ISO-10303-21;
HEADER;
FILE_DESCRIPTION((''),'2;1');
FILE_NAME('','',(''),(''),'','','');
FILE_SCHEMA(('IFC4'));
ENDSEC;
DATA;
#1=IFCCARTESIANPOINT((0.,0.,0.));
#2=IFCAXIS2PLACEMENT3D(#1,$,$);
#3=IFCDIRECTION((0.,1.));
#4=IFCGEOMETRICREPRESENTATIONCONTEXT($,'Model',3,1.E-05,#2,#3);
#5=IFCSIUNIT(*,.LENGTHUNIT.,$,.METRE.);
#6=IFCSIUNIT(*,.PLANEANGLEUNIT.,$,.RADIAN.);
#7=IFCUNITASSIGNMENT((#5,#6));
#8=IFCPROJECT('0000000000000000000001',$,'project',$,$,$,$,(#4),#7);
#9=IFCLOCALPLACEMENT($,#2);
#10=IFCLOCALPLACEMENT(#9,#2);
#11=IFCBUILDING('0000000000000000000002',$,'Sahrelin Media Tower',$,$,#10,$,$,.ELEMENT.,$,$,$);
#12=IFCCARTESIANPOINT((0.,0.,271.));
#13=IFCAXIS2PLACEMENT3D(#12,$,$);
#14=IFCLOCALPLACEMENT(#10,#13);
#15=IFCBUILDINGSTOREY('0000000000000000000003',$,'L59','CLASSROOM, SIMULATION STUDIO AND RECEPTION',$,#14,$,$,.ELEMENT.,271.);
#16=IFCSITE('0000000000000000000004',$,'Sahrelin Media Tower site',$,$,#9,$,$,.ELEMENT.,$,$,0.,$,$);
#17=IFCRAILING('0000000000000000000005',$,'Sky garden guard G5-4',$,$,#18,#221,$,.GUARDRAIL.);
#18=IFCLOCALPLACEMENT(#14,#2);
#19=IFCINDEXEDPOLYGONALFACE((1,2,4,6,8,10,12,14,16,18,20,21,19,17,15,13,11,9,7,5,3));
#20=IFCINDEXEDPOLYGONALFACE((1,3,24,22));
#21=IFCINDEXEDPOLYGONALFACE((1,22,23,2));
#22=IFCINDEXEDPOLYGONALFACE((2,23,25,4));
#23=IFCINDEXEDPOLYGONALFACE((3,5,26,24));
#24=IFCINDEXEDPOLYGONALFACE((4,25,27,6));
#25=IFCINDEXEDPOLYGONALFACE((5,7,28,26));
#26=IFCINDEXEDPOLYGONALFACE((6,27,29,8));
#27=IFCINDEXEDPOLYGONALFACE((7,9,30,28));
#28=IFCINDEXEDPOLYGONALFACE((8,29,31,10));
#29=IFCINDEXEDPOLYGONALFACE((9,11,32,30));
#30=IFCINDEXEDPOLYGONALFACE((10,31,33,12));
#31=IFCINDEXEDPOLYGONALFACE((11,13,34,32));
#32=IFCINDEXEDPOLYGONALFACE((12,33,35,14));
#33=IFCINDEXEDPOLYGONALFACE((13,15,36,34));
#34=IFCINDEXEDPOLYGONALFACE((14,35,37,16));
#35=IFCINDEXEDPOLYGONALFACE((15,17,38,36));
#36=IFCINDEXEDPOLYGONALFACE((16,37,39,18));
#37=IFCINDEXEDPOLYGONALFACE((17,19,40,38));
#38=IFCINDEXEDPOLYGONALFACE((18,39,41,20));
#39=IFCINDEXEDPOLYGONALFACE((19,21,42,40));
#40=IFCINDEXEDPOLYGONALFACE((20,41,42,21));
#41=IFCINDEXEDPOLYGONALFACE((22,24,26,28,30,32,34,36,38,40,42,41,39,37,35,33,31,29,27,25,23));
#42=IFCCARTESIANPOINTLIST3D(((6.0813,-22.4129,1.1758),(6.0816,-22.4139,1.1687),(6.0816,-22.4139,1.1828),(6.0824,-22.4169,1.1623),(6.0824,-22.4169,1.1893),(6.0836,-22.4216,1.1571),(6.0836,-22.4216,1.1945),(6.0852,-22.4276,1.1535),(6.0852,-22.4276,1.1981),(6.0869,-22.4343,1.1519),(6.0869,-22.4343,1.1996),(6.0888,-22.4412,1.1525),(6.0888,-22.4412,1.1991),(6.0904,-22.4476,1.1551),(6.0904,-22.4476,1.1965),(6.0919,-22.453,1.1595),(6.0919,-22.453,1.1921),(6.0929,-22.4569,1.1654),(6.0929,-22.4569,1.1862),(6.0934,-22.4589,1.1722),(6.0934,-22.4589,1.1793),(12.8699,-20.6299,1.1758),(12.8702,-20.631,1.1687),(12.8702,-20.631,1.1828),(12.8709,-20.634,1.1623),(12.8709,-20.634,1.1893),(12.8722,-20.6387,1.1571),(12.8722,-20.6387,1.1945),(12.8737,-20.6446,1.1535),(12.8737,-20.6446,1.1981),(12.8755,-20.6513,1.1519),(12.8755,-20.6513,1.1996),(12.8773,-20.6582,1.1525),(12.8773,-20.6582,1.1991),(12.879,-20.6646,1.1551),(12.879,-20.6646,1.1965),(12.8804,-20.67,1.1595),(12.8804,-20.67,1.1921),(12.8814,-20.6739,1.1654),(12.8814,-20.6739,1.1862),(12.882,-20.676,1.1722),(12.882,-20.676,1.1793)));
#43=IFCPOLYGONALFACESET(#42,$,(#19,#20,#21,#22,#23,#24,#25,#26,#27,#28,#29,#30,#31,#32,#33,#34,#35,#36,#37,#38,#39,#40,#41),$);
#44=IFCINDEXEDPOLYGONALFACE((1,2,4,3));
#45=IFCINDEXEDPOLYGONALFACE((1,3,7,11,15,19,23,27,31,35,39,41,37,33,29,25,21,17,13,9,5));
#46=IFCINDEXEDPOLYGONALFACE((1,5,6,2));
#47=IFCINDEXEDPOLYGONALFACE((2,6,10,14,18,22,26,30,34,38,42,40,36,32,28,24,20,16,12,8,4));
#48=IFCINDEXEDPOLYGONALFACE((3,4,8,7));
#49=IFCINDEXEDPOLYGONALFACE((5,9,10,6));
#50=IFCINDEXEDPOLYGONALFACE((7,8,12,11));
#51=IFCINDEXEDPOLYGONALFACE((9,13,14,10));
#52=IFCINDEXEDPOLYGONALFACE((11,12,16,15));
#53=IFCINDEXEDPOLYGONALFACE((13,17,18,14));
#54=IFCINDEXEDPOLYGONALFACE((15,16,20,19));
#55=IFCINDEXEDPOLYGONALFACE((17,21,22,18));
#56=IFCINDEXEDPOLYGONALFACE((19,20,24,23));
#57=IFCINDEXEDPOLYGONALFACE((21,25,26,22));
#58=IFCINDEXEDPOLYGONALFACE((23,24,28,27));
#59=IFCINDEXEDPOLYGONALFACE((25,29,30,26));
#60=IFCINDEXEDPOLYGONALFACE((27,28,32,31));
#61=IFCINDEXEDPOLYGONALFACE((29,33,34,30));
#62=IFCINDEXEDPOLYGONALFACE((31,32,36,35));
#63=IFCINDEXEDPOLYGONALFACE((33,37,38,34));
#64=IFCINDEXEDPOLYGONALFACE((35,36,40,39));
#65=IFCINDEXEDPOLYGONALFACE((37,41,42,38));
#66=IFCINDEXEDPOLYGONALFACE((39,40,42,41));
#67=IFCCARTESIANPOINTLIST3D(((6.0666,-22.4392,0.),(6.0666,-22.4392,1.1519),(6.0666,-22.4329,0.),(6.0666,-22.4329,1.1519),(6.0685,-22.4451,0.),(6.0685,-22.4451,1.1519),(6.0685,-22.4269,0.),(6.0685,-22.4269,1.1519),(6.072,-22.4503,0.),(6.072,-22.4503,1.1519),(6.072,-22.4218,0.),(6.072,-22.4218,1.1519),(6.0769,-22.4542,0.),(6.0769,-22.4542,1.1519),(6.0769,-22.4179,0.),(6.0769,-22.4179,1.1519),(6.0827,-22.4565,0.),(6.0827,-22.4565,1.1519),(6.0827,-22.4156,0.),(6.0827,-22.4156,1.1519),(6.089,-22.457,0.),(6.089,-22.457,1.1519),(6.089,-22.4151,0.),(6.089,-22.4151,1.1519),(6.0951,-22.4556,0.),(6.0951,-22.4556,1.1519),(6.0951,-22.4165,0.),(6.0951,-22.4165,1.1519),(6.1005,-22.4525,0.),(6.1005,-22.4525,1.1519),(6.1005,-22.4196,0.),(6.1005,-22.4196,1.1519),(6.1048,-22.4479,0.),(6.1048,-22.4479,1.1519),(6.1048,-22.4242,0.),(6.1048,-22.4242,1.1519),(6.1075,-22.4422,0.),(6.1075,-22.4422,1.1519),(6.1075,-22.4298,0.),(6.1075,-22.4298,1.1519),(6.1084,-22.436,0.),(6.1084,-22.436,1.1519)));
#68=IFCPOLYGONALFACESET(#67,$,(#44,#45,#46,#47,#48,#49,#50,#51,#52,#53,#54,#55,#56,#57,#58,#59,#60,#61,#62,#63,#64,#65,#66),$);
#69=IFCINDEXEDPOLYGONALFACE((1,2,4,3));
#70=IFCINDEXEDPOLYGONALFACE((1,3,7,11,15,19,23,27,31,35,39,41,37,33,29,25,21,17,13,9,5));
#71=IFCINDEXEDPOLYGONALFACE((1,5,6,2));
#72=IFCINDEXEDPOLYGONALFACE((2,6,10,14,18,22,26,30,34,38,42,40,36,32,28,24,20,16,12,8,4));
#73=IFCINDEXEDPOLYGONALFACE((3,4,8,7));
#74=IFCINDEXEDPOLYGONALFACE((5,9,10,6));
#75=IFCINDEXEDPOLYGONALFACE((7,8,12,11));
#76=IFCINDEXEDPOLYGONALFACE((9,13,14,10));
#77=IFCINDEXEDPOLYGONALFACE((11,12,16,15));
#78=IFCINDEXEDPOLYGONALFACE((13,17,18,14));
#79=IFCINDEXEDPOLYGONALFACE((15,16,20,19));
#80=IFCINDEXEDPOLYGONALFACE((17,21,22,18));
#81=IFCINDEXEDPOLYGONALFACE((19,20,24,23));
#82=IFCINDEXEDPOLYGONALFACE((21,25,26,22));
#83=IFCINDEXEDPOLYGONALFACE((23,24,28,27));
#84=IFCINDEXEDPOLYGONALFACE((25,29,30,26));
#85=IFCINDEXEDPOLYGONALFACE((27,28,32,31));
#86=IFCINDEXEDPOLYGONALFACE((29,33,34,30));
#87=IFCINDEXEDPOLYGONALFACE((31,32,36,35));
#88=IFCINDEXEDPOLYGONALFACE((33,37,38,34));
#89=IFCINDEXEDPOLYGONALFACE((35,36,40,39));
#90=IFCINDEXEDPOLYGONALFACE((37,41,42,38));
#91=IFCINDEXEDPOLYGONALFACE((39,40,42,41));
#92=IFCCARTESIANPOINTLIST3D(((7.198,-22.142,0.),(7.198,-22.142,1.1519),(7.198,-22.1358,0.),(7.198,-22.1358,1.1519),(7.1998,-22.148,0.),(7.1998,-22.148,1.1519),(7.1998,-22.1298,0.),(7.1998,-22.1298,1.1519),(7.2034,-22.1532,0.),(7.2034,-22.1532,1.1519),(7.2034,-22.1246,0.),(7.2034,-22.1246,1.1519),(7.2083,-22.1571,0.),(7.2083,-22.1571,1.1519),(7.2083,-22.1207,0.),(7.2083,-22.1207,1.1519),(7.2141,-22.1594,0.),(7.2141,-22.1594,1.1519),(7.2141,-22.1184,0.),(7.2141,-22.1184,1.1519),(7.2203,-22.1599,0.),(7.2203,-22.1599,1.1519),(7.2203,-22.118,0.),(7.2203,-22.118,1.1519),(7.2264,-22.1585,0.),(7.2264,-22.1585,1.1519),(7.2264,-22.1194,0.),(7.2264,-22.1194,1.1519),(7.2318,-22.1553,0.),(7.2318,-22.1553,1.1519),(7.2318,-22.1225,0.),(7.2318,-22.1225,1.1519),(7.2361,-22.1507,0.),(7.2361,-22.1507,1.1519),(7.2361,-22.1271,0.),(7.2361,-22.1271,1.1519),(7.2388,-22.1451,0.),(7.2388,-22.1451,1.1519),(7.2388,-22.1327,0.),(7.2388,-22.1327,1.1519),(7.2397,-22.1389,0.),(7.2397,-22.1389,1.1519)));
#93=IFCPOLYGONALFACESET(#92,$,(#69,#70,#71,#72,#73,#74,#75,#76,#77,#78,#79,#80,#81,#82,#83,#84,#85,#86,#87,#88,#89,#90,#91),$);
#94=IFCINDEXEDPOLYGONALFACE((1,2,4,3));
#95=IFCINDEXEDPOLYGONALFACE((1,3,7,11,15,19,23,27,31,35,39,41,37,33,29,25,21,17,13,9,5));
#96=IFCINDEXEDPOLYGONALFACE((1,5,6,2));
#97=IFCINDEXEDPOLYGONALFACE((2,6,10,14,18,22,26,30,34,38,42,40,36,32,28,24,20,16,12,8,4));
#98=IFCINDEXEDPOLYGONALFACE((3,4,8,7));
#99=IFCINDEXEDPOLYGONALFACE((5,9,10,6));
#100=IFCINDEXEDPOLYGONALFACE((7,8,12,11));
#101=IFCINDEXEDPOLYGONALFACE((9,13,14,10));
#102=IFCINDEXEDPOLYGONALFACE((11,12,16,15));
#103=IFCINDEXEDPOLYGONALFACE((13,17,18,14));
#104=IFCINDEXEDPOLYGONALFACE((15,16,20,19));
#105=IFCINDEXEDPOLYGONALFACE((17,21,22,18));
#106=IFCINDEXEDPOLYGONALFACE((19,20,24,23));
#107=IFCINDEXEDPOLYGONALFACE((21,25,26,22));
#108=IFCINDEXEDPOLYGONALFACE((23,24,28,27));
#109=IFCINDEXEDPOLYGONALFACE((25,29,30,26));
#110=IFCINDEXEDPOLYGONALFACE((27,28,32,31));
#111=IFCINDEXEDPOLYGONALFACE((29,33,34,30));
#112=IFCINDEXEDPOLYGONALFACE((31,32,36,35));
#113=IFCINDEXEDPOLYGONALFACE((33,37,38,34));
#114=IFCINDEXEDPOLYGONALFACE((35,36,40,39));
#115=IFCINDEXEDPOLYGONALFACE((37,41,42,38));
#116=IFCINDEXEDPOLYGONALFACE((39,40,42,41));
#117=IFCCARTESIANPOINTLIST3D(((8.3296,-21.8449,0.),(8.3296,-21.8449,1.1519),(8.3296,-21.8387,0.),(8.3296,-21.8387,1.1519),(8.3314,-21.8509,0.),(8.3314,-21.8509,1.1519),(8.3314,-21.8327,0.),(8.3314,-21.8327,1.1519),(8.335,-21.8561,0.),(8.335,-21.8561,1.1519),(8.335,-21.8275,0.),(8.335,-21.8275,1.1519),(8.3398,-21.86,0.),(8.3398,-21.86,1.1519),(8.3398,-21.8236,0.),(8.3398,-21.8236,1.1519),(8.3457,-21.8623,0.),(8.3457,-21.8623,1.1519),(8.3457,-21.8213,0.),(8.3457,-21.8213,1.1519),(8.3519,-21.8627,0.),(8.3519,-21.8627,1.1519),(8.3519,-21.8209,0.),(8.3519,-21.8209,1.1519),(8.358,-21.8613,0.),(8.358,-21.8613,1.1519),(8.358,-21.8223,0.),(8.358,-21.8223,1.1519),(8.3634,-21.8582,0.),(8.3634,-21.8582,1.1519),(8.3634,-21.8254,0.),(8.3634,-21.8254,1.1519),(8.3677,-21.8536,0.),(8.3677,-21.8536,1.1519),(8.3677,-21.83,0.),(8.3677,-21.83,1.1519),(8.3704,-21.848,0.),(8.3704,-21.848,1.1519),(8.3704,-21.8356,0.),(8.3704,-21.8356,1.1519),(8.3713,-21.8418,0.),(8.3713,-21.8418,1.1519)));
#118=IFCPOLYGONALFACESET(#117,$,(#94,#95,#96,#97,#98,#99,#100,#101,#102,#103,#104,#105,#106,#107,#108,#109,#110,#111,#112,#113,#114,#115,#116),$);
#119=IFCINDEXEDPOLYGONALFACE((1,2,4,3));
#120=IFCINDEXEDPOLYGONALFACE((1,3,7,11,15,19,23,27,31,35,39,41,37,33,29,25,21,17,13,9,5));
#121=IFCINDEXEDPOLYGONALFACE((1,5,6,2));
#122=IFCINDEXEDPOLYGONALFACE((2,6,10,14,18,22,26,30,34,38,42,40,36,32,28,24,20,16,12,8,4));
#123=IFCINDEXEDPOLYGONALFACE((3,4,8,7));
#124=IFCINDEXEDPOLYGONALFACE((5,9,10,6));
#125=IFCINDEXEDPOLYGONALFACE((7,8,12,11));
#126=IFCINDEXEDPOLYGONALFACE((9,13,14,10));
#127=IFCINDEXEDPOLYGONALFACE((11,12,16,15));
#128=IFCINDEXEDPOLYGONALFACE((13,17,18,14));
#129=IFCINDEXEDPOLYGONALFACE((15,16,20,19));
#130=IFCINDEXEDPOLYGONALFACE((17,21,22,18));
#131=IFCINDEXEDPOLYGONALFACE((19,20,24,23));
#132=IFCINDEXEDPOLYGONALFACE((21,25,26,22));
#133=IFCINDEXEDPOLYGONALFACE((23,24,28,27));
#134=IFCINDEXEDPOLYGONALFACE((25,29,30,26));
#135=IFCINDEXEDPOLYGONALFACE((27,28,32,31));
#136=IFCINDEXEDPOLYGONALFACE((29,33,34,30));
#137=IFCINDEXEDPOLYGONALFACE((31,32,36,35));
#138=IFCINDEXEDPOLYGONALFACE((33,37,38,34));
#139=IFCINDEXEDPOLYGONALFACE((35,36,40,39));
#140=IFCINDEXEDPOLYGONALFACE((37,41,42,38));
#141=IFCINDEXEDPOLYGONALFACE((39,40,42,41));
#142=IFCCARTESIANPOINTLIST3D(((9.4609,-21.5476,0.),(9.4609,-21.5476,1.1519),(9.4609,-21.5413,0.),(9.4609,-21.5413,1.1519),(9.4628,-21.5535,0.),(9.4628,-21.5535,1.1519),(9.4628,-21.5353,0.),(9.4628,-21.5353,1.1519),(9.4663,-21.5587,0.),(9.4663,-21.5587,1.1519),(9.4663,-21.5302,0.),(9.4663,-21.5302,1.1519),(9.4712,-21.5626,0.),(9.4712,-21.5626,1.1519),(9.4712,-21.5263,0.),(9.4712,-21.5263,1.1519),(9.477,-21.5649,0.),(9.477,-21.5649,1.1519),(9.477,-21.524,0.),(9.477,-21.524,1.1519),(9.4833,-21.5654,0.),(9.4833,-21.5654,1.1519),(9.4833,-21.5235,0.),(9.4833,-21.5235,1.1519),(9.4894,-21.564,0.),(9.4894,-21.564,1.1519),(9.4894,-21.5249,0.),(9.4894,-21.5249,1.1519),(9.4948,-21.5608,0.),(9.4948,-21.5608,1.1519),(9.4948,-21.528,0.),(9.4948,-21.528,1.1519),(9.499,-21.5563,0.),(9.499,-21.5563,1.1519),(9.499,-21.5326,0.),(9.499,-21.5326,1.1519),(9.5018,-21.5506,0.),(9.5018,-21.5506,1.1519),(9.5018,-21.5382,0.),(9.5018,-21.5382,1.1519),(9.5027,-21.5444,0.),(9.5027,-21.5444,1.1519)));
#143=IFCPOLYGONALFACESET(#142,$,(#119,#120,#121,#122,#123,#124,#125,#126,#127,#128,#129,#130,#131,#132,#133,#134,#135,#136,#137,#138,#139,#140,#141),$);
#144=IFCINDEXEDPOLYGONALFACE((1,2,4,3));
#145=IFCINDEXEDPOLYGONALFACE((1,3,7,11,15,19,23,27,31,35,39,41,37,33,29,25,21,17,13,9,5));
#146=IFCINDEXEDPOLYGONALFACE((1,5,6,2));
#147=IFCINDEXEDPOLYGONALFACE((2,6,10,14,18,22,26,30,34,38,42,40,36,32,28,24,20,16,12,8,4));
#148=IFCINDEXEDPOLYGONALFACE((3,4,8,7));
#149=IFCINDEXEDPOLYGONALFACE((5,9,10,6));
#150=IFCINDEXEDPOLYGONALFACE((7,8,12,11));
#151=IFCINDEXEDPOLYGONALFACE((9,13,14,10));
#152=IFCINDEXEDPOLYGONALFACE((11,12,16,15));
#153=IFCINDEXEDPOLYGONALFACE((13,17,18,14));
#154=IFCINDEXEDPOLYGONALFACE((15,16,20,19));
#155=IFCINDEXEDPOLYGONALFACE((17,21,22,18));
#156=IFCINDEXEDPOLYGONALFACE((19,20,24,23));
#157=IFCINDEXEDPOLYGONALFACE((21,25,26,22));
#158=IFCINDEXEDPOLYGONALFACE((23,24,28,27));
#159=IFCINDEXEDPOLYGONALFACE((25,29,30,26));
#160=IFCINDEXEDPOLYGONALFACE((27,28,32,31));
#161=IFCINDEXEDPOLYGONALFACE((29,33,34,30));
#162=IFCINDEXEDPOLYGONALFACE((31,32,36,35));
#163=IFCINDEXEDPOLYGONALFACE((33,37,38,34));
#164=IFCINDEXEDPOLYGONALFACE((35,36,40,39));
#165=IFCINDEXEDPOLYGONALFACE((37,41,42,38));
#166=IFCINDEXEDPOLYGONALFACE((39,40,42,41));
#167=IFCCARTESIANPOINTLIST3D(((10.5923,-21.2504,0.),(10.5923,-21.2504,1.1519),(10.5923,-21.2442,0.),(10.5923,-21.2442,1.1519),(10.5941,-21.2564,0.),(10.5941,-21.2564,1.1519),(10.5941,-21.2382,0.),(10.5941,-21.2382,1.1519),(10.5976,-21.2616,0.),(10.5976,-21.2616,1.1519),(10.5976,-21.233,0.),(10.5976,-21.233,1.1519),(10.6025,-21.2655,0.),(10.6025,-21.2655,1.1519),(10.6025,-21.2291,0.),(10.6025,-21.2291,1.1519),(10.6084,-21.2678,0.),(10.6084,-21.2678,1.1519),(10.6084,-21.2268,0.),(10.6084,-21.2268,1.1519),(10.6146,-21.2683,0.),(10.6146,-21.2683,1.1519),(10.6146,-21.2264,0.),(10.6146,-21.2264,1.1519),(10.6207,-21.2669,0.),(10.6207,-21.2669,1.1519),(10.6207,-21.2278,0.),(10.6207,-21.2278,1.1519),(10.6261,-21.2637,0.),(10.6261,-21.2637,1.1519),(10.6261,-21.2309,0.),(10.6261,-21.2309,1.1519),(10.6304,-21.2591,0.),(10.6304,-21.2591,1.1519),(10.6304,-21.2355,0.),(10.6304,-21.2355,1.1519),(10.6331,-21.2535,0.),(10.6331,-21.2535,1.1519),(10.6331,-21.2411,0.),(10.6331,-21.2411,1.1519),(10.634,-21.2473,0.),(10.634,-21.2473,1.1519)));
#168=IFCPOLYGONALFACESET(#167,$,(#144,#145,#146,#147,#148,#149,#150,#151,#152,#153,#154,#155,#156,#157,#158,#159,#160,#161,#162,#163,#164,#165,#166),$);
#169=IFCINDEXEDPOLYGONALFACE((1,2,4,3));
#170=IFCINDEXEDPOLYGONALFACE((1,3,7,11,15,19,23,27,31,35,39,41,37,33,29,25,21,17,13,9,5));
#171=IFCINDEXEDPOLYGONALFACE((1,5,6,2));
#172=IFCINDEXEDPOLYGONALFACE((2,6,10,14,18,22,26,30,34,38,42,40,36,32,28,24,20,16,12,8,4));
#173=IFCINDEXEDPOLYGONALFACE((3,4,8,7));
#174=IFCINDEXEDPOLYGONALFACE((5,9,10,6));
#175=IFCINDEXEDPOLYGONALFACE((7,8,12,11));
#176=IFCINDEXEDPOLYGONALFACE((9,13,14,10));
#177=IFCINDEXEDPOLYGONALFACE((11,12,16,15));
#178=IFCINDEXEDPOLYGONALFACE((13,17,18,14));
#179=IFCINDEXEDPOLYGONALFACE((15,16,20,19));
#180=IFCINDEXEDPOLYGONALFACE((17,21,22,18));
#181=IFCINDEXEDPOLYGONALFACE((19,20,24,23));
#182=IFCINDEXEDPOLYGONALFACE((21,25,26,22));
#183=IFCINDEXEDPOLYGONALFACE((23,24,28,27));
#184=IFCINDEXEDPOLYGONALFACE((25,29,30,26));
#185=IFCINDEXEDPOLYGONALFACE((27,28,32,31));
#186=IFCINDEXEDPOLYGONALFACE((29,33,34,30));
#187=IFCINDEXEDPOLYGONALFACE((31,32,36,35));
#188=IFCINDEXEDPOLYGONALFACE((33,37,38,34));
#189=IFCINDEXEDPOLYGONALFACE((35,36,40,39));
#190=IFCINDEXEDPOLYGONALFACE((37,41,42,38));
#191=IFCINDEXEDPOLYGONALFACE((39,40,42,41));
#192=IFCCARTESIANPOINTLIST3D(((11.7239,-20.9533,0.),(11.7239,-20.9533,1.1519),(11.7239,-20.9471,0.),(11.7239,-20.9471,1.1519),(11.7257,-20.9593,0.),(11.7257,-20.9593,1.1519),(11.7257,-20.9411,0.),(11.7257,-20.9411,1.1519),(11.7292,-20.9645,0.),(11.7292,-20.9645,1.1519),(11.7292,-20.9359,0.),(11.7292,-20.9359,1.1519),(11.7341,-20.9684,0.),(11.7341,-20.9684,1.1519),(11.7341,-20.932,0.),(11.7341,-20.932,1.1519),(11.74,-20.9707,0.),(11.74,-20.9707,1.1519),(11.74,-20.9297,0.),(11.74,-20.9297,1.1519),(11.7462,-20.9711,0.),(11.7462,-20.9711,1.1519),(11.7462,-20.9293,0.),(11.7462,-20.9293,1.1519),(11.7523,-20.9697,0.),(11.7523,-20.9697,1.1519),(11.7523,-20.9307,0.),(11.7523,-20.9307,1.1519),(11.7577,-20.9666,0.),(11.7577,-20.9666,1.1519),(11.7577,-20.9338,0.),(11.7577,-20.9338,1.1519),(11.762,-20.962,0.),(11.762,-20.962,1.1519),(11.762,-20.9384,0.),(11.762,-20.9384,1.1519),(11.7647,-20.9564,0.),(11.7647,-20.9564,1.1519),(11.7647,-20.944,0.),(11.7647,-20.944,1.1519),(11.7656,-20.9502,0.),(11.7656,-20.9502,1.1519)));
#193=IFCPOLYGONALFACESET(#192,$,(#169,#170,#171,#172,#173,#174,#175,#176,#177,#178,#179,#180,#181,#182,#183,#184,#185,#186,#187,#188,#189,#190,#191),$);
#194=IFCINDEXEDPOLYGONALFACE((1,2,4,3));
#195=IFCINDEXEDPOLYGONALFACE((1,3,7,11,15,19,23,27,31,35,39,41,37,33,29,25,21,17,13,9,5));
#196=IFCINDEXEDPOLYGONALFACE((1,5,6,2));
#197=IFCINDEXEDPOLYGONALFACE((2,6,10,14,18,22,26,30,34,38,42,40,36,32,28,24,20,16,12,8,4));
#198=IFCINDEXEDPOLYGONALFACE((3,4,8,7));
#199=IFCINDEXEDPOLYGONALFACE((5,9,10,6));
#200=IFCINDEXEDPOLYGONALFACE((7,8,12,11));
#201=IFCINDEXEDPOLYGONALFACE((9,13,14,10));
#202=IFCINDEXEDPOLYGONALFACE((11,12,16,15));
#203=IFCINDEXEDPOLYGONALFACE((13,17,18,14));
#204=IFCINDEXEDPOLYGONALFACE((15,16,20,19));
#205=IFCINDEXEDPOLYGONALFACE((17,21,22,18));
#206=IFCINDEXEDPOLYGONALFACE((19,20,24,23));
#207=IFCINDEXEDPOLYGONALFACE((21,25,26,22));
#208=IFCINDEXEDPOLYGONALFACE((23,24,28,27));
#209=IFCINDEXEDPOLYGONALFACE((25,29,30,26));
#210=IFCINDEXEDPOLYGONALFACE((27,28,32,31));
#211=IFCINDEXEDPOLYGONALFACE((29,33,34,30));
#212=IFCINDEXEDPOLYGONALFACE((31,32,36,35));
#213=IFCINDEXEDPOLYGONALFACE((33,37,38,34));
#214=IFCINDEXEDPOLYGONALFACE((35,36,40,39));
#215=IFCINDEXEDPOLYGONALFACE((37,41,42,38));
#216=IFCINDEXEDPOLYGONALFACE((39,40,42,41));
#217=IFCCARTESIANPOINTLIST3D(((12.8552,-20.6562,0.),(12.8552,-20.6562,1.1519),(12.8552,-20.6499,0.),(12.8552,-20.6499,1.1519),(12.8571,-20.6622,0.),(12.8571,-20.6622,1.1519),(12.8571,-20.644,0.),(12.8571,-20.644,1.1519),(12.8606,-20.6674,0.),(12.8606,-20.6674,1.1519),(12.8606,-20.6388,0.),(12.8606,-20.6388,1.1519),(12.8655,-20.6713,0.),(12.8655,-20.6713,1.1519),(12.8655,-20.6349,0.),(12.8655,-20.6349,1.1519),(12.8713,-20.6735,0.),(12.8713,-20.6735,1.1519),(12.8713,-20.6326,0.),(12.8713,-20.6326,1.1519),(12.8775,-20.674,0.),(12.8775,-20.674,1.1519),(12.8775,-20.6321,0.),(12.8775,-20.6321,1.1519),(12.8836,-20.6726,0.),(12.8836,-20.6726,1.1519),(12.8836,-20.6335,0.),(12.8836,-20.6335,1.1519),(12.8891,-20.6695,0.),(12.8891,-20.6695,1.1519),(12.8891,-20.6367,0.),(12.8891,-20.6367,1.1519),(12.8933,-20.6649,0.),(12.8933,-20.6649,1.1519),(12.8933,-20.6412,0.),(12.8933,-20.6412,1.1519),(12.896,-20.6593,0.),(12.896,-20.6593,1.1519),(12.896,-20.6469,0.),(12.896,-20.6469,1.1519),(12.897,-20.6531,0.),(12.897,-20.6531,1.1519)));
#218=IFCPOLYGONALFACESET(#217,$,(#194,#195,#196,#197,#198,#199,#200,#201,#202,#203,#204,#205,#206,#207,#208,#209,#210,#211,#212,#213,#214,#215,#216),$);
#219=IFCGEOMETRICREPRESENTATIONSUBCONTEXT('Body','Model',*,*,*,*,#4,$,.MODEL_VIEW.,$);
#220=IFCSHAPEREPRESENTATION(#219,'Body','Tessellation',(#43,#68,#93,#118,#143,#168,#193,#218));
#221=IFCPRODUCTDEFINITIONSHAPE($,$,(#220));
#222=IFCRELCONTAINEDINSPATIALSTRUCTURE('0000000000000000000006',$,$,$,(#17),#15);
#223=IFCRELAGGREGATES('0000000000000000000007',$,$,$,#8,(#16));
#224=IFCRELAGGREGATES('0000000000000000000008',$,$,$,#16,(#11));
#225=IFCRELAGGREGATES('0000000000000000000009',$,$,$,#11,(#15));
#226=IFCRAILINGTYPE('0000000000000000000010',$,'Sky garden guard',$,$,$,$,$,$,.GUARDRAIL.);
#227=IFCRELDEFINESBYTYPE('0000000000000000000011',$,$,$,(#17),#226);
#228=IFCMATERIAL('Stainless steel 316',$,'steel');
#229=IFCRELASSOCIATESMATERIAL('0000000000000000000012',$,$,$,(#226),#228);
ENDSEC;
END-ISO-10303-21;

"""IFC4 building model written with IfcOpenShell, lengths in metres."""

from ifc_helpers import new_model, si_unit, direction, frame, origin, origin_2d, place, context, subcontext, project, spatial, circle, extrude, material, type_object, element, save


model = new_model("IFC4")

# Units and contexts
model_context = context("Model", 3, precision=1e-05, world=origin(), true_north=direction((0.0, 1.0)))
body_context = subcontext(model_context, "Body", "Model", "MODEL_VIEW")
ifc_project = project(units=[si_unit("LENGTHUNIT", "METRE"), si_unit("PLANEANGLEUNIT", "RADIAN")], contexts=[model_context])

# Site, building, storey
site_placement = place(None, origin())
site = spatial("IfcSite", under=ifc_project, at=site_placement, Name="Sahrelin Media Tower site", CompositionType="ELEMENT", RefElevation=0.0)
building_placement = place(site_placement, origin())
building = spatial("IfcBuilding", under=site, at=building_placement, Name="Sahrelin Media Tower", CompositionType="ELEMENT")
storey_placement = place(building_placement, frame((0.0, 0.0, 271.0)))
storey = spatial("IfcBuildingStorey", under=building, at=storey_placement, Name="L59", Description="CLASSROOM, SIMULATION STUDIO AND RECEPTION", CompositionType="ELEMENT", Elevation=271.0)

# Railing
ifc_material_1 = material(Name="Stainless steel 316", Category="steel")
railing_type_1 = type_object("IfcRailingType", Name="Sky garden guard", PredefinedType="GUARDRAIL", material=ifc_material_1)
railing_1_placement = place(storey_placement, frame((6.0874, -22.436, 0.0)))
element("IfcRailing", 1, at=railing_1_placement, inside=storey, type_object=railing_type_1, Name="Sky garden guard G5-4", PredefinedType="GUARDRAIL", context=body_context, shape_type="SweptSolid", body=[
    extrude(circle(Radius=0.0239, at=origin_2d()), frame((0.0, 0.0, 1.1758), z_axis=(0.967197, 0.254026, 0.0), x_axis=(-0.254026, 0.967197, 0.0)), (0.0, 0.0, 1.0), 7.0188),
    extrude(circle(Radius=0.021, at=origin_2d()), origin(), (0.0, 0.0, 1.0), 1.1519),
    extrude(circle(Radius=0.021, at=origin_2d()), frame((1.1313, 0.2971, 0.0)), (0.0, 0.0, 1.0), 1.1519),
    extrude(circle(Radius=0.021, at=origin_2d()), frame((2.2629, 0.5942, 0.0)), (0.0, 0.0, 1.0), 1.1519),
    extrude(circle(Radius=0.021, at=origin_2d()), frame((3.3943, 0.8916, 0.0)), (0.0, 0.0, 1.0), 1.1519),
    extrude(circle(Radius=0.021, at=origin_2d()), frame((4.5256, 1.1887, 0.0)), (0.0, 0.0, 1.0), 1.1519),
    extrude(circle(Radius=0.021, at=origin_2d()), frame((5.6572, 1.4858, 0.0)), (0.0, 0.0, 1.0), 1.1519),
    extrude(circle(Radius=0.021, at=origin_2d()), frame((6.7886, 1.783, 0.0)), (0.0, 0.0, 1.0), 1.1519),
])

save(model, "model.ifc")
